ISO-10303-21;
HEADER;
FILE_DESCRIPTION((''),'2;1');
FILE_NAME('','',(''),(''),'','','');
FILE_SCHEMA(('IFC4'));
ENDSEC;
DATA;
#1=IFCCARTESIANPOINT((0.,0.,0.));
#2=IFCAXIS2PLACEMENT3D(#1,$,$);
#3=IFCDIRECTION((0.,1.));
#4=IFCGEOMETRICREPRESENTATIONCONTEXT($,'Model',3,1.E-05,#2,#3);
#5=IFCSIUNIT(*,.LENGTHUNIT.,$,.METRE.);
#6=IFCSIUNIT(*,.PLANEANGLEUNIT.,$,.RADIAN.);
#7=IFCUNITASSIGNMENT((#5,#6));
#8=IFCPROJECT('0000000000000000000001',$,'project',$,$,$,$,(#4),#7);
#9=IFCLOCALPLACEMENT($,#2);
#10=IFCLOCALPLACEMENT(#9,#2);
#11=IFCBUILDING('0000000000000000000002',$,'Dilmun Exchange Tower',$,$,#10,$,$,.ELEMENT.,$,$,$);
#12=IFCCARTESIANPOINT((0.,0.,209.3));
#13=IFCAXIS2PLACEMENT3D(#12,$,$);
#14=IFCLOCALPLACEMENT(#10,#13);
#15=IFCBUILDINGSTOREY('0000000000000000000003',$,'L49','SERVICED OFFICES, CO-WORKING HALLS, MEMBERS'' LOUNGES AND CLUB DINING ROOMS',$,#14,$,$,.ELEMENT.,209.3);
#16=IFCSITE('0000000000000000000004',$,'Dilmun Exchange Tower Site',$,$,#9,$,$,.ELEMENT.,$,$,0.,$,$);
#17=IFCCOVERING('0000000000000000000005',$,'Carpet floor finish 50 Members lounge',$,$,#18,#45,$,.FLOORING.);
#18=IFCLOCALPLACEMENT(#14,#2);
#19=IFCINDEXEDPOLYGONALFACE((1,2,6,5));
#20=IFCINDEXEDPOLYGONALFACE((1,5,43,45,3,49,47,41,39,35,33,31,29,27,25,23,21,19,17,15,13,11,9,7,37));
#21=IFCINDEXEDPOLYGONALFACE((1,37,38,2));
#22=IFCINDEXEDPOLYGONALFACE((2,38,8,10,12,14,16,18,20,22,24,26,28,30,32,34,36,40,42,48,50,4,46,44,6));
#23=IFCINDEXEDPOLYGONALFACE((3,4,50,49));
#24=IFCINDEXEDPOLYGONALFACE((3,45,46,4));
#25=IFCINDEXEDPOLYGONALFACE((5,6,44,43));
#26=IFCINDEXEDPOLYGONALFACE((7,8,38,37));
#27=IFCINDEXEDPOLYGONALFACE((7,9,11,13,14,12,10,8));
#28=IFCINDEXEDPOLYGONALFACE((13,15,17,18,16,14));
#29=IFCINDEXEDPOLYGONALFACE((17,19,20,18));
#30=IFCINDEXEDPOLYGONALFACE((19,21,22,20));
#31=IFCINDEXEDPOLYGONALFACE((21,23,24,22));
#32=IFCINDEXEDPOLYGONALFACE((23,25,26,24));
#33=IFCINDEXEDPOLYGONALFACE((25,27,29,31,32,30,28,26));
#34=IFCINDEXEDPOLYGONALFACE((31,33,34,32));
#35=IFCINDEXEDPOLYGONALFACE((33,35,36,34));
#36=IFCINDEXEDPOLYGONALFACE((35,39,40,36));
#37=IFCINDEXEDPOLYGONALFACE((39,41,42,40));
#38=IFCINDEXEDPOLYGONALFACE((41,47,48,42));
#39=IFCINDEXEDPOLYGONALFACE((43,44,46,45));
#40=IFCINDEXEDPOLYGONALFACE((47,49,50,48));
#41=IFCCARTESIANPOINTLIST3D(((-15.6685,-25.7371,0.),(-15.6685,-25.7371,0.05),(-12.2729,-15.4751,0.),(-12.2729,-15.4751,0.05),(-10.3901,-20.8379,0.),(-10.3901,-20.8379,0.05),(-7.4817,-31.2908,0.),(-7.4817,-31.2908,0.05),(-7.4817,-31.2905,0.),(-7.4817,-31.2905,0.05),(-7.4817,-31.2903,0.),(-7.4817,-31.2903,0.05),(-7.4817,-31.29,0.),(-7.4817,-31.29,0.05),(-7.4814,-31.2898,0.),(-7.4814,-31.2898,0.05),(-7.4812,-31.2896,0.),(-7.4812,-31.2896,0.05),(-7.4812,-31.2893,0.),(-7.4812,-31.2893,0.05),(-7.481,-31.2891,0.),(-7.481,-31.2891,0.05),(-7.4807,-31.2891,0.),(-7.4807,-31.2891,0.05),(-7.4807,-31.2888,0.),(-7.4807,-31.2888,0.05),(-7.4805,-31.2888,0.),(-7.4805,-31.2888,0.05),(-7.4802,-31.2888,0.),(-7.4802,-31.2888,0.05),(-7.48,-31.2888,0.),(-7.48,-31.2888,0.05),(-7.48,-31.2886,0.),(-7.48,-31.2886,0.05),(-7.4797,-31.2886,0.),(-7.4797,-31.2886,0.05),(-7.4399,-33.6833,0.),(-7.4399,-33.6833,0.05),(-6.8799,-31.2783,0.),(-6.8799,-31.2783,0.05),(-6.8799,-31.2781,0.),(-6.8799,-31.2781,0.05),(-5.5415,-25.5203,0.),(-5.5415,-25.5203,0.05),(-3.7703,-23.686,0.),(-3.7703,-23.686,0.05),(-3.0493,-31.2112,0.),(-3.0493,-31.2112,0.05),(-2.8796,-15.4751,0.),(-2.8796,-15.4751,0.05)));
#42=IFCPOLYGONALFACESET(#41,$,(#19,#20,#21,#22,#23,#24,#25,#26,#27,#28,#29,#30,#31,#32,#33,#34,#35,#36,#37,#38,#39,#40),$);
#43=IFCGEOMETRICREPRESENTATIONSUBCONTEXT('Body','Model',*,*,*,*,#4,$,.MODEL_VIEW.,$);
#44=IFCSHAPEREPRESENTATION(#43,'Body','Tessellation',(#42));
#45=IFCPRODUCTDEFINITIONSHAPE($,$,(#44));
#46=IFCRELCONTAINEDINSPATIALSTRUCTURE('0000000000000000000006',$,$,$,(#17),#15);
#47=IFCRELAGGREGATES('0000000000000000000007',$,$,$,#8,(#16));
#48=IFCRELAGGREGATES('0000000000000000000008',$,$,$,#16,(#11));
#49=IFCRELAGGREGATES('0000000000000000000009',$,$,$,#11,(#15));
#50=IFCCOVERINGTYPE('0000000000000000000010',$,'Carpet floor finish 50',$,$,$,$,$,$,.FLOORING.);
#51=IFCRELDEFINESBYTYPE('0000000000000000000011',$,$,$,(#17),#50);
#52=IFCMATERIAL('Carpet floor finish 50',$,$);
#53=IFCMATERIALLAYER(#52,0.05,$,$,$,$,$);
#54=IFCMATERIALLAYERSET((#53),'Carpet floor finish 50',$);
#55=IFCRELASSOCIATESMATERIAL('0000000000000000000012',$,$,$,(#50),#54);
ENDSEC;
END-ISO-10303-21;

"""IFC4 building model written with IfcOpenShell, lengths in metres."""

from ifc_helpers import new_model, si_unit, direction, frame, origin, place, context, subcontext, project, spatial, polyline, outline, extrude, material, layer, layer_set, type_object, element, save


model = new_model("IFC4")

# Units and contexts
model_context = context("Model", 3, precision=1e-05, world=origin(), true_north=direction((0.0, 1.0)))
body_context = subcontext(model_context, "Body", "Model", "MODEL_VIEW")
ifc_project = project(units=[si_unit("LENGTHUNIT", "METRE"), si_unit("PLANEANGLEUNIT", "RADIAN")], contexts=[model_context])

# Site, building, storey
site_placement = place(None, origin())
site = spatial("IfcSite", under=ifc_project, at=site_placement, Name="Dilmun Exchange Tower Site", CompositionType="ELEMENT", RefElevation=0.0)
building_placement = place(site_placement, origin())
building = spatial("IfcBuilding", under=site, at=building_placement, Name="Dilmun Exchange Tower", CompositionType="ELEMENT")
storey_placement = place(building_placement, frame((0.0, 0.0, 209.3)))
storey = spatial("IfcBuildingStorey", under=building, at=storey_placement, Name="L49", Description="SERVICED OFFICES, CO-WORKING HALLS, MEMBERS' LOUNGES AND CLUB DINING ROOMS", CompositionType="ELEMENT", Elevation=209.3)

# Covering
ifc_material_1 = material(Name="Carpet floor finish 50")
ifc_layer_1 = layer(ifc_material_1, 0.05)
ifc_layer_set_1 = layer_set([ifc_layer_1], Name="Carpet floor finish 50")
covering_type_1 = type_object("IfcCoveringType", Name="Carpet floor finish 50", PredefinedType="FLOORING", material=ifc_layer_set_1)
covering_1_placement = place(storey_placement, origin())
element("IfcCovering", 1, at=covering_1_placement, inside=storey, type_object=covering_type_1, Name="Carpet floor finish 50 Members lounge", PredefinedType="FLOORING", context=body_context, shape_type="SweptSolid", body=[
    extrude(outline(polyline([(-10.3901, -20.8379), (-5.5415, -25.5203), (-3.7703, -23.686), (-12.2729, -15.4751), (-2.8796, -15.4751), (-3.0493, -31.2112), (-6.8799, -31.2781), (-6.8799, -31.2783), (-6.8799, -31.2783), (-7.4797, -31.2886), (-7.48, -31.2886), (-7.48, -31.2888), (-7.4802, -31.2888), (-7.4805, -31.2888), (-7.4807, -31.2888), (-7.4807, -31.2891), (-7.481, -31.2891), (-7.4812, -31.2893), (-7.4812, -31.2893), (-7.4812, -31.2896), (-7.4814, -31.2898), (-7.4814, -31.2898), (-7.4817, -31.29), (-7.4817, -31.2903), (-7.4817, -31.2905), (-7.4817, -31.2908), (-7.4399, -33.6833), (-15.6685, -25.7371), (-10.3901, -20.8379)])), origin(), (0.0, 0.0, 1.0), 0.05),
])

save(model, "model.ifc")
